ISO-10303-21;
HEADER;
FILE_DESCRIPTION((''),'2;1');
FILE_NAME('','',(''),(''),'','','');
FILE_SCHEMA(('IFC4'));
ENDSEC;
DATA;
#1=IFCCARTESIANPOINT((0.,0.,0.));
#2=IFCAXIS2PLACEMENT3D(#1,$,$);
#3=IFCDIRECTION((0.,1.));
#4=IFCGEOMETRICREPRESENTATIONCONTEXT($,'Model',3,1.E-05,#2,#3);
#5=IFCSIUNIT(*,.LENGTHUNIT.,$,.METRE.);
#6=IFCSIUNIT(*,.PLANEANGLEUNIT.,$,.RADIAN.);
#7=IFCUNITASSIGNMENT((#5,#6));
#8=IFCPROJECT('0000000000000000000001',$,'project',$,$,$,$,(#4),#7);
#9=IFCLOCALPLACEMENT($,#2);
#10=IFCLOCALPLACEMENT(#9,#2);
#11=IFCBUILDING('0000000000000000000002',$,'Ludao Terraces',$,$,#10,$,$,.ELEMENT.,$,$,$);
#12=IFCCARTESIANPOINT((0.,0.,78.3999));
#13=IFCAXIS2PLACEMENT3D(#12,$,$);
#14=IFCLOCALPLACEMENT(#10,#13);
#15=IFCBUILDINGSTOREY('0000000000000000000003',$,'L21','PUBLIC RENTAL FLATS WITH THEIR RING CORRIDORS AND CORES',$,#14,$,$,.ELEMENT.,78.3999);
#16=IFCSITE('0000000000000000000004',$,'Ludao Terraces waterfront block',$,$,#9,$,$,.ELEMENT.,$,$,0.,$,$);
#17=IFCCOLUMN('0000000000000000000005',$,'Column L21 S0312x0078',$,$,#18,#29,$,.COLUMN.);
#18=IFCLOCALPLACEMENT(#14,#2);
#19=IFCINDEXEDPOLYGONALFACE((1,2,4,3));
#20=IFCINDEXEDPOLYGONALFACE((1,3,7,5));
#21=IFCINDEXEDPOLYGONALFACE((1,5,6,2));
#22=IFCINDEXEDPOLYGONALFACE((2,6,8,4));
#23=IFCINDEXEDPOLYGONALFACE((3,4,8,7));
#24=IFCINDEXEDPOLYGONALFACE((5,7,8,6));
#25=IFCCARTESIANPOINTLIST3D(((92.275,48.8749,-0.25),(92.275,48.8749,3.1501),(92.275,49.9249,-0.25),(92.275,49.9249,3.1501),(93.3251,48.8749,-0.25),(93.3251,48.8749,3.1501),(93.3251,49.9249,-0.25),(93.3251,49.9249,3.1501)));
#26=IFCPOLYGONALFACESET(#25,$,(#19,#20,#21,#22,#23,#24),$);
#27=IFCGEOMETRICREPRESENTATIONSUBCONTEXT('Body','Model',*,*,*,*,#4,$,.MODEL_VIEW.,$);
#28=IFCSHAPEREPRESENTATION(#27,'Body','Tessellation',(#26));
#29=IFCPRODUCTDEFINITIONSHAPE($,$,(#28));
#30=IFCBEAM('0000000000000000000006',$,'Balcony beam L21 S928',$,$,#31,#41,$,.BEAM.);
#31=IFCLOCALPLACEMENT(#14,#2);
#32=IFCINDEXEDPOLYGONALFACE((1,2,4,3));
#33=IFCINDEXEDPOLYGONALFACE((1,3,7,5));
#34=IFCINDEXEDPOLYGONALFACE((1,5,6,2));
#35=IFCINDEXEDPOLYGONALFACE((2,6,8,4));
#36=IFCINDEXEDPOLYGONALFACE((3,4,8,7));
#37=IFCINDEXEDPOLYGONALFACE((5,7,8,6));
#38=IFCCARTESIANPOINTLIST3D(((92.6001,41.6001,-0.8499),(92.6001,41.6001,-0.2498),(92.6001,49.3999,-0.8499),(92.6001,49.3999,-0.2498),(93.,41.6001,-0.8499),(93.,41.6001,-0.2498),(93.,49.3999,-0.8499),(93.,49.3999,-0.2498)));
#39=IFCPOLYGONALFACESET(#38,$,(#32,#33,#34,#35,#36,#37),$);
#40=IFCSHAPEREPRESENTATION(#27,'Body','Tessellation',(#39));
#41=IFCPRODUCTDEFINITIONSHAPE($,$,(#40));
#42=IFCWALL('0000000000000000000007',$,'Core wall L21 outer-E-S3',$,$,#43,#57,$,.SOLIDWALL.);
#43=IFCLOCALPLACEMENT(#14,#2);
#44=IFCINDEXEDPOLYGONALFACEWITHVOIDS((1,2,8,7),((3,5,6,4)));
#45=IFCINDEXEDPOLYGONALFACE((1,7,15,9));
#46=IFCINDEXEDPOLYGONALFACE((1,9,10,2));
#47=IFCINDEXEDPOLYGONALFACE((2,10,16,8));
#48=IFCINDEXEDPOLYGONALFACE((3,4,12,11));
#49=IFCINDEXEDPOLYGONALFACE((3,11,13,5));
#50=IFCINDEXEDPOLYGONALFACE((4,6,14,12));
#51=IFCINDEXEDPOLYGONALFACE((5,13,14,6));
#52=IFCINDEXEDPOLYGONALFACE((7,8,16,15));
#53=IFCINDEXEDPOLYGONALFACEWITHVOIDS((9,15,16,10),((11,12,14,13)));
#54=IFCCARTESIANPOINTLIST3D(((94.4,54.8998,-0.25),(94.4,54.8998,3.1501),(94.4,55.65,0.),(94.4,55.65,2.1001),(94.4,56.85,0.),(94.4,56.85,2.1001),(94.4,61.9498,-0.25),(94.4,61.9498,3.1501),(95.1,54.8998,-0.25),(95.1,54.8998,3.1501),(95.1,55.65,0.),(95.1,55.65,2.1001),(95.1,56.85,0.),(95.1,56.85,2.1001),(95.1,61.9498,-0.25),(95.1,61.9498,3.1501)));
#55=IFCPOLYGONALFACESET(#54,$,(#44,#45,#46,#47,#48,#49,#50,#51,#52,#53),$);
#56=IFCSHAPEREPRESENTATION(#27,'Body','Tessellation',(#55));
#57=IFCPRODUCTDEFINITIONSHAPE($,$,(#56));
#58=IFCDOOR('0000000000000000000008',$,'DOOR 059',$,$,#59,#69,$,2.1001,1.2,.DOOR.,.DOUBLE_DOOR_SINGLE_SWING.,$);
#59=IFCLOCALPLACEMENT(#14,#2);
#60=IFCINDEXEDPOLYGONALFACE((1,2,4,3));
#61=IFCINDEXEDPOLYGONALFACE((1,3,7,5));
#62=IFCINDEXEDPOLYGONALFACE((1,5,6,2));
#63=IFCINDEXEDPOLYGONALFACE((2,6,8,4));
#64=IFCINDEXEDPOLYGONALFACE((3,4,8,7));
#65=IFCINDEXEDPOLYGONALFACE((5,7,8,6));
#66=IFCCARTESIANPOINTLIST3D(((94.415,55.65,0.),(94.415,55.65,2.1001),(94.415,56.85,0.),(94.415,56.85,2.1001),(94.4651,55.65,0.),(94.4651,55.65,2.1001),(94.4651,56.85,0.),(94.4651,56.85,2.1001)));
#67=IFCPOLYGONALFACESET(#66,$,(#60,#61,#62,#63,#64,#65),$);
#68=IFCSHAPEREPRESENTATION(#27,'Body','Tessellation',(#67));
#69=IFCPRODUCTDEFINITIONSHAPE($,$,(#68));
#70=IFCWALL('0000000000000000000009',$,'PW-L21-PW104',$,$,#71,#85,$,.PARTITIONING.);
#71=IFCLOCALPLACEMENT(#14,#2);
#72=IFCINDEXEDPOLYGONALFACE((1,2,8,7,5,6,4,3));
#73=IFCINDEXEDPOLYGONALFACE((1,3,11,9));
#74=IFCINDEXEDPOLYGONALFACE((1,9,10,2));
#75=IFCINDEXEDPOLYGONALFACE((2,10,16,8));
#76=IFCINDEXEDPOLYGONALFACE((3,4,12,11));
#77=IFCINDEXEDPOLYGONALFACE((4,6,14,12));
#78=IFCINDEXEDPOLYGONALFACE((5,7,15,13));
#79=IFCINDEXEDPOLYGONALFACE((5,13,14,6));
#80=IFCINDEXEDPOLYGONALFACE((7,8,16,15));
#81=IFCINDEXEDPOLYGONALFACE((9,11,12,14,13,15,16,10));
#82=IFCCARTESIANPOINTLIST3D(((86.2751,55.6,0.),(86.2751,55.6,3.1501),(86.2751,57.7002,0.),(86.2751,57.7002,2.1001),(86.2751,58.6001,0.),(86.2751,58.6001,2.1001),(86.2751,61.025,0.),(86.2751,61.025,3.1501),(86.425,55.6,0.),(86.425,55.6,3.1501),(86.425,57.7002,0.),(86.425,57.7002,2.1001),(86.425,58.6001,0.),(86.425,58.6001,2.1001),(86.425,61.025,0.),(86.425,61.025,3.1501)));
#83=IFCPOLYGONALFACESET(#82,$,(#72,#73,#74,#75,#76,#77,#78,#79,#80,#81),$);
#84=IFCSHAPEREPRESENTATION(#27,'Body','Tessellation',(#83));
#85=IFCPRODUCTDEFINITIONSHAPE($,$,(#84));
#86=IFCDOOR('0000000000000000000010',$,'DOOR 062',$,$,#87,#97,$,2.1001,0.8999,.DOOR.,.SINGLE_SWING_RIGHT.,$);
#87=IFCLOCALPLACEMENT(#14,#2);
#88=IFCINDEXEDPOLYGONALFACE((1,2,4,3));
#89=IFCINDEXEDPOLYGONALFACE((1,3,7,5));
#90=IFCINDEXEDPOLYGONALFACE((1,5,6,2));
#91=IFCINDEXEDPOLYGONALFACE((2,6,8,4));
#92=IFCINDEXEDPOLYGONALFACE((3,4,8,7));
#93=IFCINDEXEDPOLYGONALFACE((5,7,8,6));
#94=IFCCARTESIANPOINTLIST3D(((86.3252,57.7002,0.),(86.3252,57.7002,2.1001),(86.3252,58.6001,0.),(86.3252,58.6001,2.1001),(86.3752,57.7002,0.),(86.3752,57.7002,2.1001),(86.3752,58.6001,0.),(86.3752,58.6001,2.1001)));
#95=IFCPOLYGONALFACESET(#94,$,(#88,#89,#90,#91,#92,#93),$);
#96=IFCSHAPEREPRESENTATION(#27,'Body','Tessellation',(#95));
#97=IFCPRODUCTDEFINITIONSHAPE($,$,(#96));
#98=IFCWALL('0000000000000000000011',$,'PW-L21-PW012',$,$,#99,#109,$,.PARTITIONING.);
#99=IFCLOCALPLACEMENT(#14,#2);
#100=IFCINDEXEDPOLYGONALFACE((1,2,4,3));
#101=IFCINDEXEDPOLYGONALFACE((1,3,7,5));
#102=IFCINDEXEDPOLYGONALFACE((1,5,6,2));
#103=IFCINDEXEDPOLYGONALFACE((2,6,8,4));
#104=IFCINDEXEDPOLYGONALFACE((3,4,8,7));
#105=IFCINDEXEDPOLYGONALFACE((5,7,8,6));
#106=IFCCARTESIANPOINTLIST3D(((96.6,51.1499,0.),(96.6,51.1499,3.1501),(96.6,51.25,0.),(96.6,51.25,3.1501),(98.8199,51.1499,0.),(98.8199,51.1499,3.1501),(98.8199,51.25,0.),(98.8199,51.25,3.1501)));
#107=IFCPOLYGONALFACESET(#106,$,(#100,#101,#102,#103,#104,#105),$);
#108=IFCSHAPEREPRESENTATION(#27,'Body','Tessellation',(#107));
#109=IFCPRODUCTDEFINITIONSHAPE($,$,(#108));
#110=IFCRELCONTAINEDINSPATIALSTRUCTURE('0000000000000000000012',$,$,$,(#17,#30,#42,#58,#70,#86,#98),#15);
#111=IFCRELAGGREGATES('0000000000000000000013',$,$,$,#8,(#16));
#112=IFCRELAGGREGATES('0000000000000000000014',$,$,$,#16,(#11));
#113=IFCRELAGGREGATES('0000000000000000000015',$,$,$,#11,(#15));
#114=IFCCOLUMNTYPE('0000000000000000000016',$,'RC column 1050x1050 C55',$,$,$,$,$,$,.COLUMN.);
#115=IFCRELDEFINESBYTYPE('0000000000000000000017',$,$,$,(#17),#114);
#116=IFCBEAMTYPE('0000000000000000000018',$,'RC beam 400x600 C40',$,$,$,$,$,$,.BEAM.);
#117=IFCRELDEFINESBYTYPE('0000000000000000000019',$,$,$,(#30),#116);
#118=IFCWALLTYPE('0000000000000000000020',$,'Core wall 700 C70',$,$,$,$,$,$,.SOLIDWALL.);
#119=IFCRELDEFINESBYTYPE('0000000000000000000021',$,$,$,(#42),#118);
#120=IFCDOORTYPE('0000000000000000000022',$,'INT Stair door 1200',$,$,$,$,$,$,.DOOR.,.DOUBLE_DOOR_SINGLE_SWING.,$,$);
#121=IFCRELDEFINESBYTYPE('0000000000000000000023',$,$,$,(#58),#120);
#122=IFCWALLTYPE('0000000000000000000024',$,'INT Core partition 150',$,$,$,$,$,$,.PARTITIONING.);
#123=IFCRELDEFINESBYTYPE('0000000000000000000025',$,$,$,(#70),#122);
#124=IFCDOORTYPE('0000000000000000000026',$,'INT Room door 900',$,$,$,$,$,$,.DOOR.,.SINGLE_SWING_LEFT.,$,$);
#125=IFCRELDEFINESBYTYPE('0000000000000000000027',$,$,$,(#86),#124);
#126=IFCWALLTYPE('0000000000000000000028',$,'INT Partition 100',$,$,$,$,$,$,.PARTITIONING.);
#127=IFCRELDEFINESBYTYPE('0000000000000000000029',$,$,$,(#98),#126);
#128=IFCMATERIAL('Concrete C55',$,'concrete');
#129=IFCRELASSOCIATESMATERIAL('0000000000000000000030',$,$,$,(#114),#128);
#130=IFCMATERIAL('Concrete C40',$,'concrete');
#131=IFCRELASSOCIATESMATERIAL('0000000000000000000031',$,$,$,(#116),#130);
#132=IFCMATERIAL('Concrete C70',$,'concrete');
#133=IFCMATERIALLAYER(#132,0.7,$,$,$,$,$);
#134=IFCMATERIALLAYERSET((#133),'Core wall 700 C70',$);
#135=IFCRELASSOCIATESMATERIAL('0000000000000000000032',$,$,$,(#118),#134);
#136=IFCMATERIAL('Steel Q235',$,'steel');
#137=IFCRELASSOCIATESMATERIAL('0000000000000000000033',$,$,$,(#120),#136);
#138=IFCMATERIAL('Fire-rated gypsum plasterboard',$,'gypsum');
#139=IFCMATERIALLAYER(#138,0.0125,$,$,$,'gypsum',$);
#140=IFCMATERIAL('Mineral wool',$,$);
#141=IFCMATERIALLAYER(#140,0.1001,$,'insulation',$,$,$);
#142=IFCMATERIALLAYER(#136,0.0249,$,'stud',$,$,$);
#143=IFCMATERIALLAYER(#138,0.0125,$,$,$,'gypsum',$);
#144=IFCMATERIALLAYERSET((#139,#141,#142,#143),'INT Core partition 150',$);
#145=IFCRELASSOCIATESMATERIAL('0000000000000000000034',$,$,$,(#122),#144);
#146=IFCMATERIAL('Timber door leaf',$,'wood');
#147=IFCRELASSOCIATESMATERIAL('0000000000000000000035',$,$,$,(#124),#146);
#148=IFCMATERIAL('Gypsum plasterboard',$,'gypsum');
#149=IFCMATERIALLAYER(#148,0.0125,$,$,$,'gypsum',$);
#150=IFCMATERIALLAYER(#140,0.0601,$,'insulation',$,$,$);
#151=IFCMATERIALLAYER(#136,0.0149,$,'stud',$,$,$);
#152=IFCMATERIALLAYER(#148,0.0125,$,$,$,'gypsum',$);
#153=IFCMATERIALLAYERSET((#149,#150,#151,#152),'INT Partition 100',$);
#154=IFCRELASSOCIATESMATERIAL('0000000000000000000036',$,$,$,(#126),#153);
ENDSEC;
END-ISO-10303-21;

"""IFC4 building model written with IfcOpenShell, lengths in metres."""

from ifc_helpers import new_model, si_unit, direction, frame, frame_2d, origin, origin_2d, place, context, subcontext, project, spatial, rectangle, extrude, material, layer, layer_set, material_profile, profile_set, type_object, element, fill, save


model = new_model("IFC4")

# Units and contexts
model_context = context("Model", 3, precision=1e-05, world=origin(), true_north=direction((0.0, 1.0)))
body_context = subcontext(model_context, "Body", "Model", "MODEL_VIEW")
ifc_project = project(units=[si_unit("LENGTHUNIT", "METRE"), si_unit("PLANEANGLEUNIT", "RADIAN")], contexts=[model_context])

# Site, building, storey
site_placement = place(None, origin())
site = spatial("IfcSite", under=ifc_project, at=site_placement, Name="Ludao Terraces waterfront block", CompositionType="ELEMENT", RefElevation=0.0)
building_placement = place(site_placement, origin())
building = spatial("IfcBuilding", under=site, at=building_placement, Name="Ludao Terraces", CompositionType="ELEMENT")
storey_placement = place(building_placement, frame((0.0, 0.0, 78.3999)))
storey = spatial("IfcBuildingStorey", under=building, at=storey_placement, Name="L21", Description="PUBLIC RENTAL FLATS WITH THEIR RING CORRIDORS AND CORES", CompositionType="ELEMENT", Elevation=78.3999)

# Column
ifc_material_1 = material(Name="Concrete C55", Category="concrete")
ifc_material_profile_1 = material_profile(ifc_material_1, rectangle(XDim=1.05, YDim=1.05, at=origin_2d()), Name="1050 X 1050")
ifc_profile_set_1 = profile_set([ifc_material_profile_1], Name="Concrete C55")
column_type = type_object("IfcColumnType", Name="RC column 1050x1050 C55", PredefinedType="COLUMN", material=ifc_profile_set_1)
column_placement = place(storey_placement, frame((92.8, 49.3999, -0.25), z_axis=(0.0, 0.0, 1.0), x_axis=(1.0, 0.0, 0.0)))
element("IfcColumn", 1, at=column_placement, inside=storey, type_object=column_type, Name="Column L21 S0312x0078", PredefinedType="COLUMN", context=body_context, shape_type="SweptSolid", body=[
    extrude(rectangle(XDim=1.05, YDim=1.05, at=origin_2d()), origin(), (0.0, 0.0, 1.0), 3.4001),
])

# Beam
ifc_material_2 = material(Name="Concrete C40", Category="concrete")
ifc_material_profile_2 = material_profile(ifc_material_2, rectangle(XDim=0.3999, YDim=0.6001, at=origin_2d()), Name="400 X 600")
ifc_profile_set_2 = profile_set([ifc_material_profile_2], Name="Concrete C40")
beam_type = type_object("IfcBeamType", Name="RC beam 400x600 C40", PredefinedType="BEAM", material=ifc_profile_set_2)
beam_placement = place(storey_placement, frame((92.8, 49.3999, -0.5498), z_axis=(0.0, -1.0, 0.0), x_axis=(1.0, 0.0, 0.0)))
element("IfcBeam", 2, at=beam_placement, inside=storey, type_object=beam_type, Name="Balcony beam L21 S928", PredefinedType="BEAM", context=body_context, shape_type="SweptSolid", body=[
    extrude(rectangle(XDim=0.3999, YDim=0.6001, at=origin_2d()), origin(), (0.0, 0.0, 1.0), 7.7998),
])

# Walls, openings, doors
ifc_material_3 = material(Name="Concrete C70", Category="concrete")
ifc_layer_1 = layer(ifc_material_3, 0.7)
ifc_layer_set_1 = layer_set([ifc_layer_1], Name="Core wall 700 C70")
wall_type_1 = type_object("IfcWallType", Name="Core wall 700 C70", PredefinedType="SOLIDWALL", material=ifc_layer_set_1)
wall_1_placement = place(storey_placement, frame((94.75, 54.8999, -0.25), z_axis=(0.0, 0.0, 1.0), x_axis=(0.0, 1.0, 0.0)))
wall_1 = element("IfcWall", 3, at=wall_1_placement, inside=storey, type_object=wall_type_1, Name="Core wall L21 outer-E-S3", PredefinedType="SOLIDWALL", context=body_context, shape_type="SweptSolid", body=[
    extrude(rectangle(XDim=7.05, YDim=0.7, at=frame_2d((3.5249, 0.0))), origin(), (0.0, 0.0, 1.0), 3.4001),
])
opening_1_placement = place(wall_1_placement, frame((0.75, 0.0, 0.25)))
opening_1 = element("IfcOpeningElement", 4, at=opening_1_placement, cuts=wall_1, PredefinedType="OPENING", context=body_context, shape_type="SweptSolid", body=[
    extrude(rectangle(XDim=1.2, YDim=2.1001, at=frame_2d((0.6001, 1.05))), frame((0.0, 0.3599, 0.0), z_axis=(0.0, -1.0, 0.0), x_axis=(1.0, 0.0, 0.0)), (0.0, 0.0, 1.0), 0.72),
])
ifc_material_4 = material(Name="Steel Q235", Category="steel")
door_type_1 = type_object("IfcDoorType", Name="INT Stair door 1200", OperationType="DOUBLE_DOOR_SINGLE_SWING", PredefinedType="DOOR", material=ifc_material_4)
door_1_placement = place(opening_1_placement, origin())
door_1 = element("IfcDoor", 5, at=door_1_placement, inside=storey, type_object=door_type_1, Name="DOOR 059", OperationType="DOUBLE_DOOR_SINGLE_SWING", OverallHeight=2.1001, OverallWidth=1.2, PredefinedType="DOOR", context=body_context, shape_type="SweptSolid", body=[
    extrude(rectangle(XDim=1.2, YDim=2.1001, at=frame_2d((0.6001, 1.05))), frame((0.0, 0.335, 0.0), z_axis=(0.0, -1.0, 0.0), x_axis=(1.0, 0.0, 0.0)), (0.0, 0.0, 1.0), 0.05),
])
fill(opening_1, door_1)
ifc_material_5 = material(Name="Fire-rated gypsum plasterboard", Category="gypsum")
ifc_layer_2 = layer(ifc_material_5, 0.0125, Category="gypsum")
ifc_material_6 = material(Name="Mineral wool")
ifc_layer_3 = layer(ifc_material_6, 0.1001, Name="insulation")
ifc_layer_4 = layer(ifc_material_4, 0.0249, Name="stud")
ifc_layer_5 = layer(ifc_material_5, 0.0125, Category="gypsum")
ifc_layer_set_2 = layer_set([ifc_layer_2, ifc_layer_3, ifc_layer_4, ifc_layer_5], Name="INT Core partition 150")
wall_type_2 = type_object("IfcWallType", Name="INT Core partition 150", PredefinedType="PARTITIONING", material=ifc_layer_set_2)
wall_2_placement = place(storey_placement, frame((86.3501, 55.6001, 0.0), z_axis=(0.0, 0.0, 1.0), x_axis=(0.0, 1.0, 0.0)))
wall_2 = element("IfcWall", 6, at=wall_2_placement, inside=storey, type_object=wall_type_2, Name="PW-L21-PW104", PredefinedType="PARTITIONING", context=body_context, shape_type="SweptSolid", body=[
    extrude(rectangle(XDim=5.425, YDim=0.1499, at=frame_2d((2.7124, 0.0))), origin(), (0.0, 0.0, 1.0), 3.1501),
])
opening_2_placement = place(wall_2_placement, frame((2.1001, 0.0, 0.0)))
opening_2 = element("IfcOpeningElement", 7, at=opening_2_placement, cuts=wall_2, PredefinedType="OPENING", context=body_context, shape_type="SweptSolid", body=[
    extrude(rectangle(XDim=0.8999, YDim=2.1001, at=frame_2d((0.45, 1.05))), frame((0.0, 0.085, 0.0), z_axis=(0.0, -1.0, 0.0), x_axis=(1.0, 0.0, 0.0)), (0.0, 0.0, 1.0), 0.1699),
])
ifc_material_7 = material(Name="Timber door leaf", Category="wood")
door_type_2 = type_object("IfcDoorType", Name="INT Room door 900", OperationType="SINGLE_SWING_LEFT", PredefinedType="DOOR", material=ifc_material_7)
door_2_placement = place(opening_2_placement, origin())
door_2 = element("IfcDoor", 8, at=door_2_placement, inside=storey, type_object=door_type_2, Name="DOOR 062", OperationType="SINGLE_SWING_RIGHT", OverallHeight=2.1001, OverallWidth=0.8999, PredefinedType="DOOR", context=body_context, shape_type="SweptSolid", body=[
    extrude(rectangle(XDim=0.8999, YDim=2.1001, at=frame_2d((0.45, 1.05))), frame((0.0, 0.0249, 0.0), z_axis=(0.0, -1.0, 0.0), x_axis=(1.0, 0.0, 0.0)), (0.0, 0.0, 1.0), 0.05),
])
fill(opening_2, door_2)

# Wall
ifc_material_8 = material(Name="Gypsum plasterboard", Category="gypsum")
ifc_layer_6 = layer(ifc_material_8, 0.0125, Category="gypsum")
ifc_layer_7 = layer(ifc_material_6, 0.0601, Name="insulation")
ifc_layer_8 = layer(ifc_material_4, 0.0149, Name="stud")
ifc_layer_9 = layer(ifc_material_8, 0.0125, Category="gypsum")
ifc_layer_set_3 = layer_set([ifc_layer_6, ifc_layer_7, ifc_layer_8, ifc_layer_9], Name="INT Partition 100")
wall_type_3 = type_object("IfcWallType", Name="INT Partition 100", PredefinedType="PARTITIONING", material=ifc_layer_set_3)
wall_3_placement = place(storey_placement, frame((96.6001, 51.2, 0.0), z_axis=(0.0, 0.0, 1.0), x_axis=(1.0, 0.0, 0.0)))
element("IfcWall", 9, at=wall_3_placement, inside=storey, type_object=wall_type_3, Name="PW-L21-PW012", PredefinedType="PARTITIONING", context=body_context, shape_type="SweptSolid", body=[
    extrude(rectangle(XDim=2.22, YDim=0.1001, at=frame_2d((1.1099, 0.0))), origin(), (0.0, 0.0, 1.0), 3.1501),
])

save(model, "model.ifc")
